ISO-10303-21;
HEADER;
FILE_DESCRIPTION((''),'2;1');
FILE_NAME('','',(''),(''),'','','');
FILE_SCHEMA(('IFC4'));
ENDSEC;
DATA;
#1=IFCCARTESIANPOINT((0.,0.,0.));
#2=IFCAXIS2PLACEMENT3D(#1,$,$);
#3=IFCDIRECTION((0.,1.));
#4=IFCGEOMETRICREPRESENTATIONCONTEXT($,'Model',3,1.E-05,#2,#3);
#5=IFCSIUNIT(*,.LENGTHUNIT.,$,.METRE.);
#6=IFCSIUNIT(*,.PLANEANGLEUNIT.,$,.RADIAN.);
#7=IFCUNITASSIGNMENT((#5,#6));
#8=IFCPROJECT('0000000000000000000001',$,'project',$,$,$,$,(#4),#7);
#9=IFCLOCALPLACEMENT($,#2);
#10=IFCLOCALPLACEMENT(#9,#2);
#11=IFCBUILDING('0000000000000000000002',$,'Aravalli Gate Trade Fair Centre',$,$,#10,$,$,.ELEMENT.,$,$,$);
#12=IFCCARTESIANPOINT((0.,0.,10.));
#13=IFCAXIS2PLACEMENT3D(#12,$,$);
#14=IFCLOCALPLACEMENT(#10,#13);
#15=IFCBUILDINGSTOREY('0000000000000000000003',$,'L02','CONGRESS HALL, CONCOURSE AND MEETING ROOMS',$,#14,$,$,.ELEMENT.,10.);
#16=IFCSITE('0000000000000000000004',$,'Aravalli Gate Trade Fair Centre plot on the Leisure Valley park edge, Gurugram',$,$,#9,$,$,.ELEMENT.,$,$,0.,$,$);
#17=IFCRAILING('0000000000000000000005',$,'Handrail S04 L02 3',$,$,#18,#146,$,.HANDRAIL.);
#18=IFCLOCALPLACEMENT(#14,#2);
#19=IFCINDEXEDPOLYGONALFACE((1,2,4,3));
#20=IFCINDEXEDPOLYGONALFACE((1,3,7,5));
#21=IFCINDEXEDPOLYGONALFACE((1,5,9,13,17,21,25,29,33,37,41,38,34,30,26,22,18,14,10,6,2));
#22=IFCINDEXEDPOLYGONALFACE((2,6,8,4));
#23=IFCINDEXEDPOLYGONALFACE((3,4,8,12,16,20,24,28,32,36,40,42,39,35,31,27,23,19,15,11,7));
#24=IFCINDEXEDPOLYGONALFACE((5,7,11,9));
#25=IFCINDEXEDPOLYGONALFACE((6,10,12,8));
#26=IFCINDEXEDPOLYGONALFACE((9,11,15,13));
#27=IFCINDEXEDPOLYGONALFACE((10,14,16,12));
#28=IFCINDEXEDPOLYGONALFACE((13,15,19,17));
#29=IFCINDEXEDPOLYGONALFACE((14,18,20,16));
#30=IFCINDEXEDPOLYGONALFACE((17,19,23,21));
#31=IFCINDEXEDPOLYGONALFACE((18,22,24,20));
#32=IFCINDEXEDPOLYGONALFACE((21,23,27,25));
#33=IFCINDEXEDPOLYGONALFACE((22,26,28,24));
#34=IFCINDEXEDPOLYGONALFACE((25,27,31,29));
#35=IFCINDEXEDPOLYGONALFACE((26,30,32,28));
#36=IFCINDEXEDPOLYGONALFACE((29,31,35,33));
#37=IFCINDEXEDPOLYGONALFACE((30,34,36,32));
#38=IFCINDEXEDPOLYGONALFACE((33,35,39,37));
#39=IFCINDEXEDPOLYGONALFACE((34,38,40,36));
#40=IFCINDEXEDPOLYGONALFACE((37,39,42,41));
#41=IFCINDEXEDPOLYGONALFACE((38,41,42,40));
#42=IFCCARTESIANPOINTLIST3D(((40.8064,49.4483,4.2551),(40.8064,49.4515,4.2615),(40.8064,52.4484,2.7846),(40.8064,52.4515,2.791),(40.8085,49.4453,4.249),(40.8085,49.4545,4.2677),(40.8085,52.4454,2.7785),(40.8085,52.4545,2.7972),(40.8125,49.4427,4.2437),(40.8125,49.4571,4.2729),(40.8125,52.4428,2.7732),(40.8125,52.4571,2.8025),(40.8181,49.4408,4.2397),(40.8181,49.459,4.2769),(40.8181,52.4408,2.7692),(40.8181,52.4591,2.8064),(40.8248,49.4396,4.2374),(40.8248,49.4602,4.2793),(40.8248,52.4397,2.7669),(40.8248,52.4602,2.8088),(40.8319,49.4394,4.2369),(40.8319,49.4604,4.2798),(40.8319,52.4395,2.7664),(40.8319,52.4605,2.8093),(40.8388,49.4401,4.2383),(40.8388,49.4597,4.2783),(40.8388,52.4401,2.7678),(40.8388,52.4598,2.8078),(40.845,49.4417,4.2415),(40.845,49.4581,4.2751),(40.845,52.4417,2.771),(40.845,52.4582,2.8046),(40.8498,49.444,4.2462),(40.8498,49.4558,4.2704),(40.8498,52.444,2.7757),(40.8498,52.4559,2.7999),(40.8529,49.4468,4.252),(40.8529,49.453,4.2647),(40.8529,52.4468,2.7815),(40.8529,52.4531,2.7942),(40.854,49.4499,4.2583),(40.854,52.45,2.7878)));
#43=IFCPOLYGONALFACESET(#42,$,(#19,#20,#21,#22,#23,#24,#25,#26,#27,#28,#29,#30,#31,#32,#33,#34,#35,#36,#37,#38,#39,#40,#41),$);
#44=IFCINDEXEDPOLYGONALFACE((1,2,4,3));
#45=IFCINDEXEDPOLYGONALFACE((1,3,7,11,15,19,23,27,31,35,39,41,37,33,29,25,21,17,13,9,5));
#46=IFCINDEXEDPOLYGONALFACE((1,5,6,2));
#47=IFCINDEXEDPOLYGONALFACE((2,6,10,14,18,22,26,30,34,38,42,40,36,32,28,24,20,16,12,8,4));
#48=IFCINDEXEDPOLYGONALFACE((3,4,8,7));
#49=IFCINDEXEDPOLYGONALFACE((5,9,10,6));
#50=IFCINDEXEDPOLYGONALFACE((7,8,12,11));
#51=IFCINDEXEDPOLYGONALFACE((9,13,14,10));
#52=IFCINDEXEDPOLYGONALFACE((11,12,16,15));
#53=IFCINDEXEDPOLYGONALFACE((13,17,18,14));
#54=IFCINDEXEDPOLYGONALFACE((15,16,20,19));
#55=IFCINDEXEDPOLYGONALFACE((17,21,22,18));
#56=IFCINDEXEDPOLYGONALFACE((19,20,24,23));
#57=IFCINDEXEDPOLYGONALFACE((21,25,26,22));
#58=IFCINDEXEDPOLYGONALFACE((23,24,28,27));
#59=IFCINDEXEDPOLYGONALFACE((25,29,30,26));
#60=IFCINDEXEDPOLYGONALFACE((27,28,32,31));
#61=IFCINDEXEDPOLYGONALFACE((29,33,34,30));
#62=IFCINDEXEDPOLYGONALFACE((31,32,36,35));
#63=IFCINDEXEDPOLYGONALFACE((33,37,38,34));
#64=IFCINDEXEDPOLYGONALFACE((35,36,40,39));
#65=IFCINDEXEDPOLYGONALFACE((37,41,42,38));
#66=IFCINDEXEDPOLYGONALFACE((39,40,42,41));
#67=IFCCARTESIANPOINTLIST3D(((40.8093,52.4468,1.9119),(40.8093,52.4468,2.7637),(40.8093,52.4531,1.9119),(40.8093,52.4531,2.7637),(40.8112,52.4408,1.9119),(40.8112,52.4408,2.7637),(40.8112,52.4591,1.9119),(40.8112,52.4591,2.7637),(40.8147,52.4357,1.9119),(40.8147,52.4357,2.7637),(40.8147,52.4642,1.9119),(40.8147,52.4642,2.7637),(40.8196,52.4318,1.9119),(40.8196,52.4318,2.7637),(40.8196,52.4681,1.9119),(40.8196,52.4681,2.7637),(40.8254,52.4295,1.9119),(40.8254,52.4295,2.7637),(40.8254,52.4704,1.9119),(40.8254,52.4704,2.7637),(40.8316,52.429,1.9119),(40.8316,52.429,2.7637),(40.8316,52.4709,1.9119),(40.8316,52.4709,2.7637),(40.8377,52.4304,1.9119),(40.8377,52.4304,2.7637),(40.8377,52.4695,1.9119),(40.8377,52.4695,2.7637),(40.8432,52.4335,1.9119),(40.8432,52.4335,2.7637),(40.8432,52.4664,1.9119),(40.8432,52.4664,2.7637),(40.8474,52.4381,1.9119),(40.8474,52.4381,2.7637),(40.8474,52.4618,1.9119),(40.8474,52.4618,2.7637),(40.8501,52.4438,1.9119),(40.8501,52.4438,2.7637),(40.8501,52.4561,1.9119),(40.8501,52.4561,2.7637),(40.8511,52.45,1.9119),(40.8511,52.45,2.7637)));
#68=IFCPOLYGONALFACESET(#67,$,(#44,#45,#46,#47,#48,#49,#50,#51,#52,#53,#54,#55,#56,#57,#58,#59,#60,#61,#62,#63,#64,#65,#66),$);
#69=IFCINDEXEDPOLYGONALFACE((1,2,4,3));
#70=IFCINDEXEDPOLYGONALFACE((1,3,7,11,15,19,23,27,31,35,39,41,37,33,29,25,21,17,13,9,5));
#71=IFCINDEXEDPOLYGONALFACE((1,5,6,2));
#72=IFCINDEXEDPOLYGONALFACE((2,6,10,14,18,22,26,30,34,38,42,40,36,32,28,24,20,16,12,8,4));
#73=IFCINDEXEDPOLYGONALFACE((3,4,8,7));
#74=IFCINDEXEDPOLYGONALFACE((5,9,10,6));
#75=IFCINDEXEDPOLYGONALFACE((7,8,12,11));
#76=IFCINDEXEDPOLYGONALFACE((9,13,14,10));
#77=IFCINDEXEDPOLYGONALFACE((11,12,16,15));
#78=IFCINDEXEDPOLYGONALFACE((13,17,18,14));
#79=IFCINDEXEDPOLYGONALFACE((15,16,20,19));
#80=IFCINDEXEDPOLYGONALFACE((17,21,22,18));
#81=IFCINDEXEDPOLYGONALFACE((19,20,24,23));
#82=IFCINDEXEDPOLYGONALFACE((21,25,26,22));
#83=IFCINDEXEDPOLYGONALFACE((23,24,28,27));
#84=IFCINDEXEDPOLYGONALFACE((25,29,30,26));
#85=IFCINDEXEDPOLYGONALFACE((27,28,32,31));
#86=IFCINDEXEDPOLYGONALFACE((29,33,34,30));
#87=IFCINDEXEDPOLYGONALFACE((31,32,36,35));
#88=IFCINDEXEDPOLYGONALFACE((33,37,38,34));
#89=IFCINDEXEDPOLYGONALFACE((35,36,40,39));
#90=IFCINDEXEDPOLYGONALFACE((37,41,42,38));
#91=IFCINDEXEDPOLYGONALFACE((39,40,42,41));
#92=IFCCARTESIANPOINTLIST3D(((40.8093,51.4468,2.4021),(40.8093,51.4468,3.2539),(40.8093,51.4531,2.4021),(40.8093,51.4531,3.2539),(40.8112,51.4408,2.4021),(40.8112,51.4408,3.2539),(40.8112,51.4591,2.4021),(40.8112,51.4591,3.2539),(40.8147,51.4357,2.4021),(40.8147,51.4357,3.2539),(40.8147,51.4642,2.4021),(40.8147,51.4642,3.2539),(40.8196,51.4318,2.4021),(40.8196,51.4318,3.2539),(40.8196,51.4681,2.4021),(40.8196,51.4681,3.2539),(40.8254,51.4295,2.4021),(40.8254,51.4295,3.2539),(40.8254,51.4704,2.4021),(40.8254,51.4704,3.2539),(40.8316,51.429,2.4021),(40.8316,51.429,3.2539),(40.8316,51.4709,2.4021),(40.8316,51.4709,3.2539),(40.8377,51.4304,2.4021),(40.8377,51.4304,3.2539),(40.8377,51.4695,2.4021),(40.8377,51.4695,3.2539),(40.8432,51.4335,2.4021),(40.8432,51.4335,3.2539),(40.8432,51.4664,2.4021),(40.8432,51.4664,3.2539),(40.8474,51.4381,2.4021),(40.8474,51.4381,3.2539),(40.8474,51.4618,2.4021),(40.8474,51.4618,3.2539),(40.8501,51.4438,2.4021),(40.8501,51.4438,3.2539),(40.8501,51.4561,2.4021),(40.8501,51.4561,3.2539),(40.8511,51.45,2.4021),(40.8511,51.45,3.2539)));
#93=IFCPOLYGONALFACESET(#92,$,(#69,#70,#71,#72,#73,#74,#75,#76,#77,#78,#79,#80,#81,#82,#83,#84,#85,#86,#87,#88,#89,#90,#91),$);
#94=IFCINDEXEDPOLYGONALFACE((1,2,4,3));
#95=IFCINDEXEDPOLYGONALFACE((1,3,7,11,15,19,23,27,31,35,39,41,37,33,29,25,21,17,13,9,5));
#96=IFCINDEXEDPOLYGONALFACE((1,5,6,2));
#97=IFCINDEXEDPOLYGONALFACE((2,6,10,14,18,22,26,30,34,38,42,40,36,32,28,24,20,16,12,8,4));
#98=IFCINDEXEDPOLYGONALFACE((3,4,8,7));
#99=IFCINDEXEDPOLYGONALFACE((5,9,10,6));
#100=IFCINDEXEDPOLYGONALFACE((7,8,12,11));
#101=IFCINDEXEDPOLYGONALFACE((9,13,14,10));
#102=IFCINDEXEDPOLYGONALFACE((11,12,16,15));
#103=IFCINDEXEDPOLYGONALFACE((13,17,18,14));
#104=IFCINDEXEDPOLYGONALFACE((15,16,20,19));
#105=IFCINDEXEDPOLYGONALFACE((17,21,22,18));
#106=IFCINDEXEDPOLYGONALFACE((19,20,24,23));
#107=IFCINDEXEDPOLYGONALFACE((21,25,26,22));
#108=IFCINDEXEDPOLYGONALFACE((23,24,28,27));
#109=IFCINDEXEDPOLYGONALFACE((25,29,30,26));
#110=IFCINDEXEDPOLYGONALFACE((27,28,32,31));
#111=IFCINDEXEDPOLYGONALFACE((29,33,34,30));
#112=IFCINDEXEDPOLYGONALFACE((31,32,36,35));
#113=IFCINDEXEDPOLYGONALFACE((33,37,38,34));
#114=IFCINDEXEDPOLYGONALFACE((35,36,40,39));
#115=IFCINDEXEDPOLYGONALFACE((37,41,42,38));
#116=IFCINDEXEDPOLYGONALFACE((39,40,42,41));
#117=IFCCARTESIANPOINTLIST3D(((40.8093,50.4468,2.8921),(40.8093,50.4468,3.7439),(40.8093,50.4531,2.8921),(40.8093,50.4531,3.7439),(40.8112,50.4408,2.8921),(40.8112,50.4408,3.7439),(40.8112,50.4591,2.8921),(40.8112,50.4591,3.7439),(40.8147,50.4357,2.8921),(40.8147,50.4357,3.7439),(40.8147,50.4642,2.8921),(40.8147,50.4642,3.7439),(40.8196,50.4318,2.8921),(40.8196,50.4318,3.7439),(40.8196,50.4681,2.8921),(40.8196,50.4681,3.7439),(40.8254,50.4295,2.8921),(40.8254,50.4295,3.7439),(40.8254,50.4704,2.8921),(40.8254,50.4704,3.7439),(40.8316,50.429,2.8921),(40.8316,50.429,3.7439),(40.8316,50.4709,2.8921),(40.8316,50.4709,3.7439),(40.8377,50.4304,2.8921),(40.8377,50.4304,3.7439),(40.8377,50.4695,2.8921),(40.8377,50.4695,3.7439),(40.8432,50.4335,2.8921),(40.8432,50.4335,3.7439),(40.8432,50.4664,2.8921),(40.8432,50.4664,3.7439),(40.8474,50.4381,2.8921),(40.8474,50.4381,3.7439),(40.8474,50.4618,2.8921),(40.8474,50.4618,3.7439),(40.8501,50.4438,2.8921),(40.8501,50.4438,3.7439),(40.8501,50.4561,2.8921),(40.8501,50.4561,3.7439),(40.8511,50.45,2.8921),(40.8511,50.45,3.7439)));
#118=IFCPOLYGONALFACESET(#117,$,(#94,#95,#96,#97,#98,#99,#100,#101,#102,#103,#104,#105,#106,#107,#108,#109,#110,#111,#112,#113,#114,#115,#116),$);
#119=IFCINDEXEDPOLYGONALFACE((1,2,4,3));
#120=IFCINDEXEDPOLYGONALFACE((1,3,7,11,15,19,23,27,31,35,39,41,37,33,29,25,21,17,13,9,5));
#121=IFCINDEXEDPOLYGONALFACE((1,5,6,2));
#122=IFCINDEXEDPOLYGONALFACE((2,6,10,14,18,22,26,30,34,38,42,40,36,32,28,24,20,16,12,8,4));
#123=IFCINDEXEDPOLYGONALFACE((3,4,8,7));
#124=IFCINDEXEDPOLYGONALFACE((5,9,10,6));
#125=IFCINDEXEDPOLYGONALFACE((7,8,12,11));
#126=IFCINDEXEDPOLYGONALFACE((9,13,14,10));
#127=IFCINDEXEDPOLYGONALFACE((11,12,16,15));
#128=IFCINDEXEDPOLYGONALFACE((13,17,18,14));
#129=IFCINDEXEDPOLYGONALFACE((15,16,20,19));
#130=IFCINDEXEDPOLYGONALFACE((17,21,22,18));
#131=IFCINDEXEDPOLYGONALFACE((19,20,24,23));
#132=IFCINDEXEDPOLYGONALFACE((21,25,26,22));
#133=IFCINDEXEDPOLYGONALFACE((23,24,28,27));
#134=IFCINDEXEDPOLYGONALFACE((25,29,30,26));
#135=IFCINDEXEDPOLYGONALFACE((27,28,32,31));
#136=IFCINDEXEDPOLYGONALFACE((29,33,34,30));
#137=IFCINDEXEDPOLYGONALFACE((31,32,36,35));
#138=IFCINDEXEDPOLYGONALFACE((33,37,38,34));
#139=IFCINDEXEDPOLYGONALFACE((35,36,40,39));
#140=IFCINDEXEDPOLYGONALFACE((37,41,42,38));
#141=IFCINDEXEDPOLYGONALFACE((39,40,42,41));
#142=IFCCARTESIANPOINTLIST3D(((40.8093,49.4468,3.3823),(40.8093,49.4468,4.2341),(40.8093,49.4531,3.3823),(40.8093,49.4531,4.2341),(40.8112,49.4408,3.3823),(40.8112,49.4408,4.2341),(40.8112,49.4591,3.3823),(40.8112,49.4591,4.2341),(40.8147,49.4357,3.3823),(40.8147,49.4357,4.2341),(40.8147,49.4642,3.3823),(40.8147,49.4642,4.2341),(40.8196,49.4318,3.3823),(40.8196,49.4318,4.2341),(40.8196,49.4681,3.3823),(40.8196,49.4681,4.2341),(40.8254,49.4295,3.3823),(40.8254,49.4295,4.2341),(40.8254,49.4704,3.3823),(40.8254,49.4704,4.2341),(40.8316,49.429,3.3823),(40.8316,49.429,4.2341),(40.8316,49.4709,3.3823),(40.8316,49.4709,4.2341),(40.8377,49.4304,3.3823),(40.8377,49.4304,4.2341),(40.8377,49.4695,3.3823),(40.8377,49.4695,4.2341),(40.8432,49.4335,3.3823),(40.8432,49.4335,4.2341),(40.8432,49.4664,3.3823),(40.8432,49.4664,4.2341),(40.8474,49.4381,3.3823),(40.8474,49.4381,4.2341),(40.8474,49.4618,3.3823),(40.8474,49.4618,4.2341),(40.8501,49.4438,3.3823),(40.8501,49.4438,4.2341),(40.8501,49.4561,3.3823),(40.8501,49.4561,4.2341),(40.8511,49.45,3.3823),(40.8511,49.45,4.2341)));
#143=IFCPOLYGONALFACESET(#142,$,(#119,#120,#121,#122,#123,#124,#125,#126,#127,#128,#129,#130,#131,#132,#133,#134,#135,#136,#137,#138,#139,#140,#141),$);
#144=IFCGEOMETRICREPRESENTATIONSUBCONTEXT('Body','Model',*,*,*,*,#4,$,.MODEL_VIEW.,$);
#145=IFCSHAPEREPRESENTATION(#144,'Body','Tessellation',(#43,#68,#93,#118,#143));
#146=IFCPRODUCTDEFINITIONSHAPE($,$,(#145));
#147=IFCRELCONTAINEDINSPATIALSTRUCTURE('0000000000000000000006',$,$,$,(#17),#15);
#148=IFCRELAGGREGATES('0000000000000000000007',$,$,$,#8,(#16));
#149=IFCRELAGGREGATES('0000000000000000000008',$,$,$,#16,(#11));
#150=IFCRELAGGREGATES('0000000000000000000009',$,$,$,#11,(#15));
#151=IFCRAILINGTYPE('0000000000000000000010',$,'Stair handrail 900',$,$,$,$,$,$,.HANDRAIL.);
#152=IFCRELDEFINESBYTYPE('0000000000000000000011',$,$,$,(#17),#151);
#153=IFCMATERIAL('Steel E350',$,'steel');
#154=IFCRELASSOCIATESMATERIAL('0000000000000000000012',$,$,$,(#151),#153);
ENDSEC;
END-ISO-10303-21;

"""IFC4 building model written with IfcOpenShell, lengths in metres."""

from ifc_helpers import new_model, si_unit, direction, frame, origin, origin_2d, place, context, subcontext, project, spatial, circle, extrude, material, type_object, element, save


model = new_model("IFC4")

# Units and contexts
model_context = context("Model", 3, precision=1e-05, world=origin(), true_north=direction((0.0, 1.0)))
body_context = subcontext(model_context, "Body", "Model", "MODEL_VIEW")
ifc_project = project(units=[si_unit("LENGTHUNIT", "METRE"), si_unit("PLANEANGLEUNIT", "RADIAN")], contexts=[model_context])

# Site, building, storey
site_placement = place(None, origin())
site = spatial("IfcSite", under=ifc_project, at=site_placement, Name="Aravalli Gate Trade Fair Centre plot on the Leisure Valley park edge, Gurugram", CompositionType="ELEMENT", RefElevation=0.0)
building_placement = place(site_placement, origin())
building = spatial("IfcBuilding", under=site, at=building_placement, Name="Aravalli Gate Trade Fair Centre", CompositionType="ELEMENT")
storey_placement = place(building_placement, frame((0.0, 0.0, 10.0)))
storey = spatial("IfcBuildingStorey", under=building, at=storey_placement, Name="L02", Description="CONGRESS HALL, CONCOURSE AND MEETING ROOMS", CompositionType="ELEMENT", Elevation=10.0)

# Shared definitions
ifc_material_1 = material(Name="Steel E350", Category="steel")

# Railing
railing_type = type_object("IfcRailingType", Name="Stair handrail 900", PredefinedType="HANDRAIL", material=ifc_material_1)
for number, where, name in (
    (1, (40.8301, 52.45, 1.9119), "Handrail S04 L02 3"),
):
    element("IfcRailing", number, at=place(storey_placement, frame(where)), inside=storey, type_object=railing_type, Name=name, PredefinedType="HANDRAIL", context=body_context, shape_type="SweptSolid", body=[
        extrude(circle(Radius=0.0239, at=origin_2d()), frame((0.0, 0.0, 0.876), z_axis=(0.0, -0.897936, 0.440126), x_axis=(1.0, 0.0, 0.0)), (0.0, 0.0, 1.0), 3.3411),
        extrude(circle(Radius=0.021, at=origin_2d()), origin(), (0.0, 0.0, 1.0), 0.8518),
        extrude(circle(Radius=0.021, at=origin_2d()), frame((0.0, -1.0, 0.4902)), (0.0, 0.0, 1.0), 0.8518),
        extrude(circle(Radius=0.021, at=origin_2d()), frame((0.0, -2.0, 0.9802)), (0.0, 0.0, 1.0), 0.8518),
        extrude(circle(Radius=0.021, at=origin_2d()), frame((0.0, -3.0, 1.4705)), (0.0, 0.0, 1.0), 0.8518),
    ])

save(model, "model.ifc")
